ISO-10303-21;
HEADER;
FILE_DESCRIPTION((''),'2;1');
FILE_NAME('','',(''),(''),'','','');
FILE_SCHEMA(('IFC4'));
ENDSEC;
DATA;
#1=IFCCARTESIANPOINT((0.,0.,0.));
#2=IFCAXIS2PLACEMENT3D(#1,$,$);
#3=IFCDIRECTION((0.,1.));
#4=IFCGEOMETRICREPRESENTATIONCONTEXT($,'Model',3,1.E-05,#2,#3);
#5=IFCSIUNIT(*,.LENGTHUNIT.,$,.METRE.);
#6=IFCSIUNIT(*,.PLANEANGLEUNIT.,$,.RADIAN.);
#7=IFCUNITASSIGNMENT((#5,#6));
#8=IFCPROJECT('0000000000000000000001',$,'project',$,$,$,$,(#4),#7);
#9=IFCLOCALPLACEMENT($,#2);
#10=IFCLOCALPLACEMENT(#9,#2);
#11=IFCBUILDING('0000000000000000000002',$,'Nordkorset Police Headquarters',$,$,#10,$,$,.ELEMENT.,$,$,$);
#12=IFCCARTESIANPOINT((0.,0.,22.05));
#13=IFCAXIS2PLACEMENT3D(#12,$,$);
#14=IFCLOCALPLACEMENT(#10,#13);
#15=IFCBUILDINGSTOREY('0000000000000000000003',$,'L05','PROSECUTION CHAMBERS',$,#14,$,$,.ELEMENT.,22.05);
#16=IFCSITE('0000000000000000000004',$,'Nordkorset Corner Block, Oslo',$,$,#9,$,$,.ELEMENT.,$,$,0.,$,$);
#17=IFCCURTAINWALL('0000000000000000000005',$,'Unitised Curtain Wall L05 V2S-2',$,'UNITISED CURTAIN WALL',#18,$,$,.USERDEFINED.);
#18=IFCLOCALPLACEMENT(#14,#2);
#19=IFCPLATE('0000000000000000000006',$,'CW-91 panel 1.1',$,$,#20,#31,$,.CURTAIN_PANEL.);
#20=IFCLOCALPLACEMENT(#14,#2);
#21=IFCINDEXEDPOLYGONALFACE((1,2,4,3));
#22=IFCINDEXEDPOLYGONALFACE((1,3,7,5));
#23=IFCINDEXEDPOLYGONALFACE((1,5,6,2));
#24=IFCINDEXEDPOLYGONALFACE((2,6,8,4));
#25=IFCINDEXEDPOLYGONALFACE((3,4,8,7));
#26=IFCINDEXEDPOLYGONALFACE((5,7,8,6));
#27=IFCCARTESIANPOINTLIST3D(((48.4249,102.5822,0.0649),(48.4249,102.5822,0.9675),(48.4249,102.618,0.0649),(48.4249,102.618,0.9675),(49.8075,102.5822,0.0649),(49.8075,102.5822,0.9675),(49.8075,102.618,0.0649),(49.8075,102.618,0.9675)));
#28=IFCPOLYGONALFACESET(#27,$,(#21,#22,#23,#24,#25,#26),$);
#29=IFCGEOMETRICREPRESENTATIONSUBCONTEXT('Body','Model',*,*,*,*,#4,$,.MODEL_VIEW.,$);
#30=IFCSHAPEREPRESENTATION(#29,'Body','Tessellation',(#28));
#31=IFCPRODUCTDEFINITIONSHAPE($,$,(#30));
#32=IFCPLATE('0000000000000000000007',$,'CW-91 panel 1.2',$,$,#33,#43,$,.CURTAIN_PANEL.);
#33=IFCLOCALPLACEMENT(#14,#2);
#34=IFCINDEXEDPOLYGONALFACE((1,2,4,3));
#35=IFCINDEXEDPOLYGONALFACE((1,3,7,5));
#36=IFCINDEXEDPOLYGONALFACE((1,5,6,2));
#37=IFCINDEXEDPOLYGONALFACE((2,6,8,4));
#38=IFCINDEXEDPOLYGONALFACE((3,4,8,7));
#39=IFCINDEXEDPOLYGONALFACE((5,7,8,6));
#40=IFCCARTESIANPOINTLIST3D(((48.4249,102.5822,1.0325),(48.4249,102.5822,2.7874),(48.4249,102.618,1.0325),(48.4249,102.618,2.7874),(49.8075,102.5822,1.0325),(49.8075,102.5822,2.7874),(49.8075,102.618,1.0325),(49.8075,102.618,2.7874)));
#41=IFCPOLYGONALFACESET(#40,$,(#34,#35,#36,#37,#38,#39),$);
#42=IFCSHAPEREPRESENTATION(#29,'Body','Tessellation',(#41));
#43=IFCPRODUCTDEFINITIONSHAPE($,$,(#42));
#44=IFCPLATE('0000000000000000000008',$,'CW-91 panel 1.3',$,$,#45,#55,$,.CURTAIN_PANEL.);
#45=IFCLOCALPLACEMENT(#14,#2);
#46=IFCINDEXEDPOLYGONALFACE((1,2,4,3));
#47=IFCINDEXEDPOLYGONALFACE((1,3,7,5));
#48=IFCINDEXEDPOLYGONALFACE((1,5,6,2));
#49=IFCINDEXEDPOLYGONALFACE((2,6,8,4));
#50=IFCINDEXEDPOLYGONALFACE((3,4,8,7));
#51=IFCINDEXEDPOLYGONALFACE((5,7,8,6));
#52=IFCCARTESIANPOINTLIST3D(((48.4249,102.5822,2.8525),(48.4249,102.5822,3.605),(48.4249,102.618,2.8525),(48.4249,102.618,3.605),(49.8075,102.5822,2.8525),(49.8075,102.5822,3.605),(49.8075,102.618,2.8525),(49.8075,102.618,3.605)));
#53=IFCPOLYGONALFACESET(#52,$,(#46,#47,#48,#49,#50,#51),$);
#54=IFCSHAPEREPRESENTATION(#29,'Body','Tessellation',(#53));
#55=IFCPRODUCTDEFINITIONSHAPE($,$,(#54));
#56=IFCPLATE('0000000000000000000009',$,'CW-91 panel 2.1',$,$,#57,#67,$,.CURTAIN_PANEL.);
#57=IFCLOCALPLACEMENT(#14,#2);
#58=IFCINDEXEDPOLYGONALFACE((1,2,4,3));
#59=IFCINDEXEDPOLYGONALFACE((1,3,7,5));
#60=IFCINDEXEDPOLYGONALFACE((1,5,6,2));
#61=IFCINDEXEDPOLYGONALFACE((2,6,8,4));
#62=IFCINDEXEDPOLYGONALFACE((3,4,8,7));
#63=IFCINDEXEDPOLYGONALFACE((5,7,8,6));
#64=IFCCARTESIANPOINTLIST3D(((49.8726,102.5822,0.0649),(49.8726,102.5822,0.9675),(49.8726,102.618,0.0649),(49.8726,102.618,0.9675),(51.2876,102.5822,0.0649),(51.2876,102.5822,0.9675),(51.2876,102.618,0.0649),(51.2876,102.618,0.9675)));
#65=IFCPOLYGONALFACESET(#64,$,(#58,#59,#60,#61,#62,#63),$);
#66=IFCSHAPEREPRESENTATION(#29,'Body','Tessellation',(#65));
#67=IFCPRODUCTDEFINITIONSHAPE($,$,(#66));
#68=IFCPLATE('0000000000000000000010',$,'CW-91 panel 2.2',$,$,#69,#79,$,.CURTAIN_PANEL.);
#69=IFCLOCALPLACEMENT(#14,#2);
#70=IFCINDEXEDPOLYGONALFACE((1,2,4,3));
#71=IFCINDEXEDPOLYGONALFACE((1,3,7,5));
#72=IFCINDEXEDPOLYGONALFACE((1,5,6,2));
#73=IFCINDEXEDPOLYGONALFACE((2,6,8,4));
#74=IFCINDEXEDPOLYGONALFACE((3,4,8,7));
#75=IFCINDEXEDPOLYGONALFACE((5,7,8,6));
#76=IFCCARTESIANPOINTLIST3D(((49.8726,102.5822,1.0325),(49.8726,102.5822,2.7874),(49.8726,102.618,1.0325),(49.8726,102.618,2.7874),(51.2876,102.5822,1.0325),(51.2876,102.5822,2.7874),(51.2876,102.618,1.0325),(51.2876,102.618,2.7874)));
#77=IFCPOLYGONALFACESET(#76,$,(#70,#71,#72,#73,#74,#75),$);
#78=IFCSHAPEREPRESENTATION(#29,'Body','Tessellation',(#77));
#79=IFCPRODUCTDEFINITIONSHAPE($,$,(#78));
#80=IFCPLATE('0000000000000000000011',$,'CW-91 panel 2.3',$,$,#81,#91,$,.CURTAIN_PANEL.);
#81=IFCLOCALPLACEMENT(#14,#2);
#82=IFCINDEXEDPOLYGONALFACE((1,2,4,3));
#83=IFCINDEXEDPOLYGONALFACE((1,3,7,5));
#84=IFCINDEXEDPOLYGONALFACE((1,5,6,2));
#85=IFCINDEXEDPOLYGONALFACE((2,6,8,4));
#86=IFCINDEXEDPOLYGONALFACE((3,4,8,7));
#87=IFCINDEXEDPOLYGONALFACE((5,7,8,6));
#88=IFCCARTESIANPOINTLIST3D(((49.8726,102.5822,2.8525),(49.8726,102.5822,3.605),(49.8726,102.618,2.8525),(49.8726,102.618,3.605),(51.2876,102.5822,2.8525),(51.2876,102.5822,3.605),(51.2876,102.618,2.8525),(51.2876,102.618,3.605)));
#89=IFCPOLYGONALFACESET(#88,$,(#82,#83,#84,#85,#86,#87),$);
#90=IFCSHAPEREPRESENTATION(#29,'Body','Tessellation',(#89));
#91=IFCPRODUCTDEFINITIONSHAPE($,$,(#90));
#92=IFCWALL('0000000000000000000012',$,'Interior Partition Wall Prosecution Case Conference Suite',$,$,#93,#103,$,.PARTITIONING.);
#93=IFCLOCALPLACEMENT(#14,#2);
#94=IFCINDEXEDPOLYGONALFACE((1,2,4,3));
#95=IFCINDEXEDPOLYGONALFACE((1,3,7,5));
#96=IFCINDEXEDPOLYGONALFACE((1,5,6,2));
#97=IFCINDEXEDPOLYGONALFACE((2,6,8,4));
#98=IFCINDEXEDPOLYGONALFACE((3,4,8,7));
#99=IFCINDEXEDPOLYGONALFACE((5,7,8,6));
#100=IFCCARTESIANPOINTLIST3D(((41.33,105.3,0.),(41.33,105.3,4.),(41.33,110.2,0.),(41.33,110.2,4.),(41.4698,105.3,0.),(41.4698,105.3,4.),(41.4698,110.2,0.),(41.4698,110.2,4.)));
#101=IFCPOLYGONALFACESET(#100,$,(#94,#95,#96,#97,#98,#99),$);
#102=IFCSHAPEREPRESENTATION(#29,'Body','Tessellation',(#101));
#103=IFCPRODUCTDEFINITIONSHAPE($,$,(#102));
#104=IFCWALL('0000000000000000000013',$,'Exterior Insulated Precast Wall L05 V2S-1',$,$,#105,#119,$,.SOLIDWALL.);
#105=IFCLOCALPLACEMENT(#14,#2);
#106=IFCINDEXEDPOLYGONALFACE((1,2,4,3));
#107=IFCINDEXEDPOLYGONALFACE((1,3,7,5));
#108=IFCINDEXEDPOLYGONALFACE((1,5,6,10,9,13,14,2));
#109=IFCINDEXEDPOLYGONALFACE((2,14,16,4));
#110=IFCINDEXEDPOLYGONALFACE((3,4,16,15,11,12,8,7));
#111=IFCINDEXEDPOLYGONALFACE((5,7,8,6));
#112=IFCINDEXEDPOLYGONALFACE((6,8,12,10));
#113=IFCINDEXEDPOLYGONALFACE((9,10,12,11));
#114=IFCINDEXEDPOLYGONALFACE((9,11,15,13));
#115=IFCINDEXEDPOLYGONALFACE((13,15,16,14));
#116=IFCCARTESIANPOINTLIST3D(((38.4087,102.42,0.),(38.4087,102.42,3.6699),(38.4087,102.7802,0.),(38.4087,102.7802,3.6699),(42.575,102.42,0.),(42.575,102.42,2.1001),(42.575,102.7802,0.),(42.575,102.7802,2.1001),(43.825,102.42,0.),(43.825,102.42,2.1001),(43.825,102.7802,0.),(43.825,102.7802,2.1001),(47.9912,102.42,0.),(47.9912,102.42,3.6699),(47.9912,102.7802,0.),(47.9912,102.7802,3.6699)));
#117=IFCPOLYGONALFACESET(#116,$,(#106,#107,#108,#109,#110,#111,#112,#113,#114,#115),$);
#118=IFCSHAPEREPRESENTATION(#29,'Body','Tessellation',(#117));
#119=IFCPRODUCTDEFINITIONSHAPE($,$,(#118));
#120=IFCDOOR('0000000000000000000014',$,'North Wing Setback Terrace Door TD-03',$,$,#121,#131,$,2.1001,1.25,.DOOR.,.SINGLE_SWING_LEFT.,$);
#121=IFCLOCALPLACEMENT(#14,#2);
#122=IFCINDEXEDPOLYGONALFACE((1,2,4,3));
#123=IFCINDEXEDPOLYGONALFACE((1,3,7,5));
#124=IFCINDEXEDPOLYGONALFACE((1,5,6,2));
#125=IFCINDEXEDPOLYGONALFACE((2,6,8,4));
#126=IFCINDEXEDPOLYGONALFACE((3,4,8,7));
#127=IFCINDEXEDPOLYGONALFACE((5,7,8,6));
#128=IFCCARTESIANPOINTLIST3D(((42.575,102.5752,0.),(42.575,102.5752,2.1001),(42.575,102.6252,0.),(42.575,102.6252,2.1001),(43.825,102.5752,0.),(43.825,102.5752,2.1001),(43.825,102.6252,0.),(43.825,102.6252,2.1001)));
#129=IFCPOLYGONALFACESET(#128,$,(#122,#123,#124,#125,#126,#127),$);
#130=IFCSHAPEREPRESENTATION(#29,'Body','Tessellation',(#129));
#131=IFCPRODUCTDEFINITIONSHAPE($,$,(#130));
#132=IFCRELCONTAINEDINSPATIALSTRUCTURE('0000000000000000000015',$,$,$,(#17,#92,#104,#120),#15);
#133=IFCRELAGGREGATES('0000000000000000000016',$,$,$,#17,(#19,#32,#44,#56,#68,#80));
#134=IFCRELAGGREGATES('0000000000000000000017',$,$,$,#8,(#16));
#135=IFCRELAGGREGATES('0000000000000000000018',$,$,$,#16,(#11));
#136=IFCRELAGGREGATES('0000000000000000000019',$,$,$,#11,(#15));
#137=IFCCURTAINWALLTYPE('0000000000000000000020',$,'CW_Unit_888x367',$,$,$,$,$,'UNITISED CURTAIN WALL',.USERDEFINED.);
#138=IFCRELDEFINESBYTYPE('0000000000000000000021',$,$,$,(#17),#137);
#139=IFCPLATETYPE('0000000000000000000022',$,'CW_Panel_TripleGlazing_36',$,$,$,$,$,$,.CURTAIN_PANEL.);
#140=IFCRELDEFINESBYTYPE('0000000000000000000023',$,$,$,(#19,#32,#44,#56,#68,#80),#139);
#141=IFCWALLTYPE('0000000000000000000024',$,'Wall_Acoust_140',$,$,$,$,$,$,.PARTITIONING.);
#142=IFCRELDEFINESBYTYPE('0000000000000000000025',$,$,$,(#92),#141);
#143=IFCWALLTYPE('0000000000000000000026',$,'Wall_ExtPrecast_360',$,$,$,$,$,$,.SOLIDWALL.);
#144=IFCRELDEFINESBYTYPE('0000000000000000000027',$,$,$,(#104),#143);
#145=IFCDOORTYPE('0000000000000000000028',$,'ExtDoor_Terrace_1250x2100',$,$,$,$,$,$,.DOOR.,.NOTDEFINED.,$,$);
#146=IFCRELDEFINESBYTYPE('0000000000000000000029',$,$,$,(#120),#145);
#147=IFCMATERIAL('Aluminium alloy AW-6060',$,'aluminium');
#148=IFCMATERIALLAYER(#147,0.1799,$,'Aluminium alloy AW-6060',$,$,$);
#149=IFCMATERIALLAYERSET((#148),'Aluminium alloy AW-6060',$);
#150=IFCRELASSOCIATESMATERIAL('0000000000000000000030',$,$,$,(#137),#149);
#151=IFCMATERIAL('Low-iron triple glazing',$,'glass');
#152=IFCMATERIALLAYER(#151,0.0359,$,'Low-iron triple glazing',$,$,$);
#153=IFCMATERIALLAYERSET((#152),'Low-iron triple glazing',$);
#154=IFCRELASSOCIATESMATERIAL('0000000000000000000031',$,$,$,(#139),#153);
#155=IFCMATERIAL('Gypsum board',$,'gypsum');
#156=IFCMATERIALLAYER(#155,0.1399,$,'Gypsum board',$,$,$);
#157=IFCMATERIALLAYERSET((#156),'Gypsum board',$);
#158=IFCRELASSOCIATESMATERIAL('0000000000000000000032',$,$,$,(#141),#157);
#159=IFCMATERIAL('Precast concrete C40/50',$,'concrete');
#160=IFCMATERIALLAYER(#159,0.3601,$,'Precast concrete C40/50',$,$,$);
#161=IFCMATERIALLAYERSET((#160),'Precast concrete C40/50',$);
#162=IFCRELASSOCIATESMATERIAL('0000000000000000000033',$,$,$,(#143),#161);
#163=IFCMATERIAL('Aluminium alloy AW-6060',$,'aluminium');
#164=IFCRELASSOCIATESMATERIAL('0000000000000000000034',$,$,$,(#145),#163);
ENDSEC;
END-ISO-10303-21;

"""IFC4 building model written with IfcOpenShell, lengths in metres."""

from ifc_helpers import new_model, si_unit, direction, frame, frame_2d, origin, origin_2d, place, context, subcontext, project, spatial, rectangle, extrude, material, layer, layer_set, type_object, element, fill, aggregate, save


model = new_model("IFC4")

# Units and contexts
model_context = context("Model", 3, precision=1e-05, world=origin(), true_north=direction((0.0, 1.0)))
body_context = subcontext(model_context, "Body", "Model", "MODEL_VIEW")
ifc_project = project(units=[si_unit("LENGTHUNIT", "METRE"), si_unit("PLANEANGLEUNIT", "RADIAN")], contexts=[model_context])

# Site, building, storey
site_placement = place(None, origin())
site = spatial("IfcSite", under=ifc_project, at=site_placement, Name="Nordkorset Corner Block, Oslo", CompositionType="ELEMENT", RefElevation=0.0)
building_placement = place(site_placement, origin())
building = spatial("IfcBuilding", under=site, at=building_placement, Name="Nordkorset Police Headquarters", CompositionType="ELEMENT")
storey_placement = place(building_placement, frame((0.0, 0.0, 22.05)))
storey = spatial("IfcBuildingStorey", under=building, at=storey_placement, Name="L05", Description="PROSECUTION CHAMBERS", CompositionType="ELEMENT", Elevation=22.05)

# Curtain wall
ifc_material_1 = material(Name="Aluminium alloy AW-6060", Category="aluminium")
ifc_layer_1 = layer(ifc_material_1, 0.1799, Name="Aluminium alloy AW-6060")
ifc_layer_set_1 = layer_set([ifc_layer_1], Name="Aluminium alloy AW-6060")
curtain_wall_type = type_object("IfcCurtainWallType", Name="CW_Unit_888x367", ElementType="UNITISED CURTAIN WALL", PredefinedType="USERDEFINED", material=ifc_layer_set_1)
curtain_wall_placement = place(storey_placement, origin())
curtain_wall = element("IfcCurtainWall", 1, at=curtain_wall_placement, inside=storey, type_object=curtain_wall_type, Name="Unitised Curtain Wall L05 V2S-2", ObjectType="UNITISED CURTAIN WALL", PredefinedType="USERDEFINED")

# Plates
ifc_material_2 = material(Name="Low-iron triple glazing", Category="glass")
ifc_layer_2 = layer(ifc_material_2, 0.0359, Name="Low-iron triple glazing")
ifc_layer_set_2 = layer_set([ifc_layer_2], Name="Low-iron triple glazing")
plate_type = type_object("IfcPlateType", Name="CW_Panel_TripleGlazing_36", PredefinedType="CURTAIN_PANEL", material=ifc_layer_set_2)
plate_1_placement = place(storey_placement, frame((49.1162, 102.6001, 0.0649), z_axis=(0.0, 0.0, 1.0), x_axis=(1.0, 0.0, 0.0)))
plate_1 = element("IfcPlate", 2, at=plate_1_placement, type_object=plate_type, Name="CW-91 panel 1.1", PredefinedType="CURTAIN_PANEL", context=body_context, shape_type="SweptSolid", body=[
    extrude(rectangle(XDim=1.3826, YDim=0.0359, at=origin_2d()), origin(), (0.0, 0.0, 1.0), 0.9026),
])
plate_2_placement = place(storey_placement, frame((49.1162, 102.6001, 1.0325), z_axis=(0.0, 0.0, 1.0), x_axis=(1.0, 0.0, 0.0)))
plate_2 = element("IfcPlate", 3, at=plate_2_placement, type_object=plate_type, Name="CW-91 panel 1.2", PredefinedType="CURTAIN_PANEL", context=body_context, shape_type="SweptSolid", body=[
    extrude(rectangle(XDim=1.3826, YDim=0.0359, at=origin_2d()), origin(), (0.0, 0.0, 1.0), 1.7549),
])
plate_3_placement = place(storey_placement, frame((49.1162, 102.6001, 2.8525), z_axis=(0.0, 0.0, 1.0), x_axis=(1.0, 0.0, 0.0)))
plate_3 = element("IfcPlate", 4, at=plate_3_placement, type_object=plate_type, Name="CW-91 panel 1.3", PredefinedType="CURTAIN_PANEL", context=body_context, shape_type="SweptSolid", body=[
    extrude(rectangle(XDim=1.3826, YDim=0.0359, at=origin_2d()), origin(), (0.0, 0.0, 1.0), 0.7524),
])
plate_4_placement = place(storey_placement, frame((50.5801, 102.6001, 0.0649), z_axis=(0.0, 0.0, 1.0), x_axis=(1.0, 0.0, 0.0)))
plate_4 = element("IfcPlate", 5, at=plate_4_placement, type_object=plate_type, Name="CW-91 panel 2.1", PredefinedType="CURTAIN_PANEL", context=body_context, shape_type="SweptSolid", body=[
    extrude(rectangle(XDim=1.415, YDim=0.0359, at=origin_2d()), origin(), (0.0, 0.0, 1.0), 0.9026),
])
plate_5_placement = place(storey_placement, frame((50.5801, 102.6001, 1.0325), z_axis=(0.0, 0.0, 1.0), x_axis=(1.0, 0.0, 0.0)))
plate_5 = element("IfcPlate", 6, at=plate_5_placement, type_object=plate_type, Name="CW-91 panel 2.2", PredefinedType="CURTAIN_PANEL", context=body_context, shape_type="SweptSolid", body=[
    extrude(rectangle(XDim=1.415, YDim=0.0359, at=origin_2d()), origin(), (0.0, 0.0, 1.0), 1.7549),
])
plate_6_placement = place(storey_placement, frame((50.5801, 102.6001, 2.8525), z_axis=(0.0, 0.0, 1.0), x_axis=(1.0, 0.0, 0.0)))
plate_6 = element("IfcPlate", 7, at=plate_6_placement, type_object=plate_type, Name="CW-91 panel 2.3", PredefinedType="CURTAIN_PANEL", context=body_context, shape_type="SweptSolid", body=[
    extrude(rectangle(XDim=1.415, YDim=0.0359, at=origin_2d()), origin(), (0.0, 0.0, 1.0), 0.7524),
])
aggregate(curtain_wall, [plate_1, plate_2, plate_3, plate_4, plate_5, plate_6])

# Wall
ifc_material_3 = material(Name="Gypsum board", Category="gypsum")
ifc_layer_3 = layer(ifc_material_3, 0.1399, Name="Gypsum board")
ifc_layer_set_3 = layer_set([ifc_layer_3], Name="Gypsum board")
wall_type_1 = type_object("IfcWallType", Name="Wall_Acoust_140", PredefinedType="PARTITIONING", material=ifc_layer_set_3)
wall_1_placement = place(storey_placement, frame((41.3999, 105.3, 0.0), z_axis=(0.0, 0.0, 1.0), x_axis=(0.0, 1.0, 0.0)))
element("IfcWall", 8, at=wall_1_placement, inside=storey, type_object=wall_type_1, Name="Interior Partition Wall Prosecution Case Conference Suite", PredefinedType="PARTITIONING", context=body_context, shape_type="SweptSolid", body=[
    extrude(rectangle(XDim=4.8999, YDim=0.1399, at=frame_2d((2.45, 0.0))), origin(), (0.0, 0.0, 1.0), 4.0),
])

# Wall, opening, door
ifc_material_4 = material(Name="Precast concrete C40/50", Category="concrete")
ifc_layer_4 = layer(ifc_material_4, 0.3601, Name="Precast concrete C40/50")
ifc_layer_set_4 = layer_set([ifc_layer_4], Name="Precast concrete C40/50")
wall_type_2 = type_object("IfcWallType", Name="Wall_ExtPrecast_360", PredefinedType="SOLIDWALL", material=ifc_layer_set_4)
wall_2_placement = place(storey_placement, frame((38.4087, 102.6001, 0.0), z_axis=(0.0, 0.0, 1.0), x_axis=(1.0, 0.0, 0.0)))
wall_2 = element("IfcWall", 9, at=wall_2_placement, inside=storey, type_object=wall_type_2, Name="Exterior Insulated Precast Wall L05 V2S-1", PredefinedType="SOLIDWALL", context=body_context, shape_type="SweptSolid", body=[
    extrude(rectangle(XDim=9.5825, YDim=0.3601, at=frame_2d((4.7913, 0.0))), origin(), (0.0, 0.0, 1.0), 3.6699),
])
opening_placement = place(wall_2_placement, frame((4.1663, 0.0, 0.0)))
opening = element("IfcOpeningElement", 10, at=opening_placement, cuts=wall_2, PredefinedType="OPENING", context=body_context, shape_type="SweptSolid", body=[
    extrude(rectangle(XDim=1.25, YDim=2.1001, at=frame_2d((0.625, 1.05))), frame((0.0, 0.1899, 0.0), z_axis=(0.0, -1.0, 0.0), x_axis=(1.0, 0.0, 0.0)), (0.0, 0.0, 1.0), 0.3801),
])
ifc_material_5 = material(Name="Aluminium alloy AW-6060", Category="aluminium")
door_type = type_object("IfcDoorType", Name="ExtDoor_Terrace_1250x2100", OperationType="NOTDEFINED", PredefinedType="DOOR", material=ifc_material_5)
door_placement = place(opening_placement, frame((1.25, 0.0, 0.0), z_axis=(0.0, 0.0, 1.0), x_axis=(-1.0, 0.0, 0.0)))
door = element("IfcDoor", 11, at=door_placement, inside=storey, type_object=door_type, Name="North Wing Setback Terrace Door TD-03", OperationType="SINGLE_SWING_LEFT", OverallHeight=2.1001, OverallWidth=1.25, PredefinedType="DOOR", context=body_context, shape_type="SweptSolid", body=[
    extrude(rectangle(XDim=1.25, YDim=2.1001, at=frame_2d((0.625, 1.05))), frame((0.0, 0.0249, 0.0), z_axis=(0.0, -1.0, 0.0), x_axis=(1.0, 0.0, 0.0)), (0.0, 0.0, 1.0), 0.05),
])
fill(opening, door)

save(model, "model.ifc")
